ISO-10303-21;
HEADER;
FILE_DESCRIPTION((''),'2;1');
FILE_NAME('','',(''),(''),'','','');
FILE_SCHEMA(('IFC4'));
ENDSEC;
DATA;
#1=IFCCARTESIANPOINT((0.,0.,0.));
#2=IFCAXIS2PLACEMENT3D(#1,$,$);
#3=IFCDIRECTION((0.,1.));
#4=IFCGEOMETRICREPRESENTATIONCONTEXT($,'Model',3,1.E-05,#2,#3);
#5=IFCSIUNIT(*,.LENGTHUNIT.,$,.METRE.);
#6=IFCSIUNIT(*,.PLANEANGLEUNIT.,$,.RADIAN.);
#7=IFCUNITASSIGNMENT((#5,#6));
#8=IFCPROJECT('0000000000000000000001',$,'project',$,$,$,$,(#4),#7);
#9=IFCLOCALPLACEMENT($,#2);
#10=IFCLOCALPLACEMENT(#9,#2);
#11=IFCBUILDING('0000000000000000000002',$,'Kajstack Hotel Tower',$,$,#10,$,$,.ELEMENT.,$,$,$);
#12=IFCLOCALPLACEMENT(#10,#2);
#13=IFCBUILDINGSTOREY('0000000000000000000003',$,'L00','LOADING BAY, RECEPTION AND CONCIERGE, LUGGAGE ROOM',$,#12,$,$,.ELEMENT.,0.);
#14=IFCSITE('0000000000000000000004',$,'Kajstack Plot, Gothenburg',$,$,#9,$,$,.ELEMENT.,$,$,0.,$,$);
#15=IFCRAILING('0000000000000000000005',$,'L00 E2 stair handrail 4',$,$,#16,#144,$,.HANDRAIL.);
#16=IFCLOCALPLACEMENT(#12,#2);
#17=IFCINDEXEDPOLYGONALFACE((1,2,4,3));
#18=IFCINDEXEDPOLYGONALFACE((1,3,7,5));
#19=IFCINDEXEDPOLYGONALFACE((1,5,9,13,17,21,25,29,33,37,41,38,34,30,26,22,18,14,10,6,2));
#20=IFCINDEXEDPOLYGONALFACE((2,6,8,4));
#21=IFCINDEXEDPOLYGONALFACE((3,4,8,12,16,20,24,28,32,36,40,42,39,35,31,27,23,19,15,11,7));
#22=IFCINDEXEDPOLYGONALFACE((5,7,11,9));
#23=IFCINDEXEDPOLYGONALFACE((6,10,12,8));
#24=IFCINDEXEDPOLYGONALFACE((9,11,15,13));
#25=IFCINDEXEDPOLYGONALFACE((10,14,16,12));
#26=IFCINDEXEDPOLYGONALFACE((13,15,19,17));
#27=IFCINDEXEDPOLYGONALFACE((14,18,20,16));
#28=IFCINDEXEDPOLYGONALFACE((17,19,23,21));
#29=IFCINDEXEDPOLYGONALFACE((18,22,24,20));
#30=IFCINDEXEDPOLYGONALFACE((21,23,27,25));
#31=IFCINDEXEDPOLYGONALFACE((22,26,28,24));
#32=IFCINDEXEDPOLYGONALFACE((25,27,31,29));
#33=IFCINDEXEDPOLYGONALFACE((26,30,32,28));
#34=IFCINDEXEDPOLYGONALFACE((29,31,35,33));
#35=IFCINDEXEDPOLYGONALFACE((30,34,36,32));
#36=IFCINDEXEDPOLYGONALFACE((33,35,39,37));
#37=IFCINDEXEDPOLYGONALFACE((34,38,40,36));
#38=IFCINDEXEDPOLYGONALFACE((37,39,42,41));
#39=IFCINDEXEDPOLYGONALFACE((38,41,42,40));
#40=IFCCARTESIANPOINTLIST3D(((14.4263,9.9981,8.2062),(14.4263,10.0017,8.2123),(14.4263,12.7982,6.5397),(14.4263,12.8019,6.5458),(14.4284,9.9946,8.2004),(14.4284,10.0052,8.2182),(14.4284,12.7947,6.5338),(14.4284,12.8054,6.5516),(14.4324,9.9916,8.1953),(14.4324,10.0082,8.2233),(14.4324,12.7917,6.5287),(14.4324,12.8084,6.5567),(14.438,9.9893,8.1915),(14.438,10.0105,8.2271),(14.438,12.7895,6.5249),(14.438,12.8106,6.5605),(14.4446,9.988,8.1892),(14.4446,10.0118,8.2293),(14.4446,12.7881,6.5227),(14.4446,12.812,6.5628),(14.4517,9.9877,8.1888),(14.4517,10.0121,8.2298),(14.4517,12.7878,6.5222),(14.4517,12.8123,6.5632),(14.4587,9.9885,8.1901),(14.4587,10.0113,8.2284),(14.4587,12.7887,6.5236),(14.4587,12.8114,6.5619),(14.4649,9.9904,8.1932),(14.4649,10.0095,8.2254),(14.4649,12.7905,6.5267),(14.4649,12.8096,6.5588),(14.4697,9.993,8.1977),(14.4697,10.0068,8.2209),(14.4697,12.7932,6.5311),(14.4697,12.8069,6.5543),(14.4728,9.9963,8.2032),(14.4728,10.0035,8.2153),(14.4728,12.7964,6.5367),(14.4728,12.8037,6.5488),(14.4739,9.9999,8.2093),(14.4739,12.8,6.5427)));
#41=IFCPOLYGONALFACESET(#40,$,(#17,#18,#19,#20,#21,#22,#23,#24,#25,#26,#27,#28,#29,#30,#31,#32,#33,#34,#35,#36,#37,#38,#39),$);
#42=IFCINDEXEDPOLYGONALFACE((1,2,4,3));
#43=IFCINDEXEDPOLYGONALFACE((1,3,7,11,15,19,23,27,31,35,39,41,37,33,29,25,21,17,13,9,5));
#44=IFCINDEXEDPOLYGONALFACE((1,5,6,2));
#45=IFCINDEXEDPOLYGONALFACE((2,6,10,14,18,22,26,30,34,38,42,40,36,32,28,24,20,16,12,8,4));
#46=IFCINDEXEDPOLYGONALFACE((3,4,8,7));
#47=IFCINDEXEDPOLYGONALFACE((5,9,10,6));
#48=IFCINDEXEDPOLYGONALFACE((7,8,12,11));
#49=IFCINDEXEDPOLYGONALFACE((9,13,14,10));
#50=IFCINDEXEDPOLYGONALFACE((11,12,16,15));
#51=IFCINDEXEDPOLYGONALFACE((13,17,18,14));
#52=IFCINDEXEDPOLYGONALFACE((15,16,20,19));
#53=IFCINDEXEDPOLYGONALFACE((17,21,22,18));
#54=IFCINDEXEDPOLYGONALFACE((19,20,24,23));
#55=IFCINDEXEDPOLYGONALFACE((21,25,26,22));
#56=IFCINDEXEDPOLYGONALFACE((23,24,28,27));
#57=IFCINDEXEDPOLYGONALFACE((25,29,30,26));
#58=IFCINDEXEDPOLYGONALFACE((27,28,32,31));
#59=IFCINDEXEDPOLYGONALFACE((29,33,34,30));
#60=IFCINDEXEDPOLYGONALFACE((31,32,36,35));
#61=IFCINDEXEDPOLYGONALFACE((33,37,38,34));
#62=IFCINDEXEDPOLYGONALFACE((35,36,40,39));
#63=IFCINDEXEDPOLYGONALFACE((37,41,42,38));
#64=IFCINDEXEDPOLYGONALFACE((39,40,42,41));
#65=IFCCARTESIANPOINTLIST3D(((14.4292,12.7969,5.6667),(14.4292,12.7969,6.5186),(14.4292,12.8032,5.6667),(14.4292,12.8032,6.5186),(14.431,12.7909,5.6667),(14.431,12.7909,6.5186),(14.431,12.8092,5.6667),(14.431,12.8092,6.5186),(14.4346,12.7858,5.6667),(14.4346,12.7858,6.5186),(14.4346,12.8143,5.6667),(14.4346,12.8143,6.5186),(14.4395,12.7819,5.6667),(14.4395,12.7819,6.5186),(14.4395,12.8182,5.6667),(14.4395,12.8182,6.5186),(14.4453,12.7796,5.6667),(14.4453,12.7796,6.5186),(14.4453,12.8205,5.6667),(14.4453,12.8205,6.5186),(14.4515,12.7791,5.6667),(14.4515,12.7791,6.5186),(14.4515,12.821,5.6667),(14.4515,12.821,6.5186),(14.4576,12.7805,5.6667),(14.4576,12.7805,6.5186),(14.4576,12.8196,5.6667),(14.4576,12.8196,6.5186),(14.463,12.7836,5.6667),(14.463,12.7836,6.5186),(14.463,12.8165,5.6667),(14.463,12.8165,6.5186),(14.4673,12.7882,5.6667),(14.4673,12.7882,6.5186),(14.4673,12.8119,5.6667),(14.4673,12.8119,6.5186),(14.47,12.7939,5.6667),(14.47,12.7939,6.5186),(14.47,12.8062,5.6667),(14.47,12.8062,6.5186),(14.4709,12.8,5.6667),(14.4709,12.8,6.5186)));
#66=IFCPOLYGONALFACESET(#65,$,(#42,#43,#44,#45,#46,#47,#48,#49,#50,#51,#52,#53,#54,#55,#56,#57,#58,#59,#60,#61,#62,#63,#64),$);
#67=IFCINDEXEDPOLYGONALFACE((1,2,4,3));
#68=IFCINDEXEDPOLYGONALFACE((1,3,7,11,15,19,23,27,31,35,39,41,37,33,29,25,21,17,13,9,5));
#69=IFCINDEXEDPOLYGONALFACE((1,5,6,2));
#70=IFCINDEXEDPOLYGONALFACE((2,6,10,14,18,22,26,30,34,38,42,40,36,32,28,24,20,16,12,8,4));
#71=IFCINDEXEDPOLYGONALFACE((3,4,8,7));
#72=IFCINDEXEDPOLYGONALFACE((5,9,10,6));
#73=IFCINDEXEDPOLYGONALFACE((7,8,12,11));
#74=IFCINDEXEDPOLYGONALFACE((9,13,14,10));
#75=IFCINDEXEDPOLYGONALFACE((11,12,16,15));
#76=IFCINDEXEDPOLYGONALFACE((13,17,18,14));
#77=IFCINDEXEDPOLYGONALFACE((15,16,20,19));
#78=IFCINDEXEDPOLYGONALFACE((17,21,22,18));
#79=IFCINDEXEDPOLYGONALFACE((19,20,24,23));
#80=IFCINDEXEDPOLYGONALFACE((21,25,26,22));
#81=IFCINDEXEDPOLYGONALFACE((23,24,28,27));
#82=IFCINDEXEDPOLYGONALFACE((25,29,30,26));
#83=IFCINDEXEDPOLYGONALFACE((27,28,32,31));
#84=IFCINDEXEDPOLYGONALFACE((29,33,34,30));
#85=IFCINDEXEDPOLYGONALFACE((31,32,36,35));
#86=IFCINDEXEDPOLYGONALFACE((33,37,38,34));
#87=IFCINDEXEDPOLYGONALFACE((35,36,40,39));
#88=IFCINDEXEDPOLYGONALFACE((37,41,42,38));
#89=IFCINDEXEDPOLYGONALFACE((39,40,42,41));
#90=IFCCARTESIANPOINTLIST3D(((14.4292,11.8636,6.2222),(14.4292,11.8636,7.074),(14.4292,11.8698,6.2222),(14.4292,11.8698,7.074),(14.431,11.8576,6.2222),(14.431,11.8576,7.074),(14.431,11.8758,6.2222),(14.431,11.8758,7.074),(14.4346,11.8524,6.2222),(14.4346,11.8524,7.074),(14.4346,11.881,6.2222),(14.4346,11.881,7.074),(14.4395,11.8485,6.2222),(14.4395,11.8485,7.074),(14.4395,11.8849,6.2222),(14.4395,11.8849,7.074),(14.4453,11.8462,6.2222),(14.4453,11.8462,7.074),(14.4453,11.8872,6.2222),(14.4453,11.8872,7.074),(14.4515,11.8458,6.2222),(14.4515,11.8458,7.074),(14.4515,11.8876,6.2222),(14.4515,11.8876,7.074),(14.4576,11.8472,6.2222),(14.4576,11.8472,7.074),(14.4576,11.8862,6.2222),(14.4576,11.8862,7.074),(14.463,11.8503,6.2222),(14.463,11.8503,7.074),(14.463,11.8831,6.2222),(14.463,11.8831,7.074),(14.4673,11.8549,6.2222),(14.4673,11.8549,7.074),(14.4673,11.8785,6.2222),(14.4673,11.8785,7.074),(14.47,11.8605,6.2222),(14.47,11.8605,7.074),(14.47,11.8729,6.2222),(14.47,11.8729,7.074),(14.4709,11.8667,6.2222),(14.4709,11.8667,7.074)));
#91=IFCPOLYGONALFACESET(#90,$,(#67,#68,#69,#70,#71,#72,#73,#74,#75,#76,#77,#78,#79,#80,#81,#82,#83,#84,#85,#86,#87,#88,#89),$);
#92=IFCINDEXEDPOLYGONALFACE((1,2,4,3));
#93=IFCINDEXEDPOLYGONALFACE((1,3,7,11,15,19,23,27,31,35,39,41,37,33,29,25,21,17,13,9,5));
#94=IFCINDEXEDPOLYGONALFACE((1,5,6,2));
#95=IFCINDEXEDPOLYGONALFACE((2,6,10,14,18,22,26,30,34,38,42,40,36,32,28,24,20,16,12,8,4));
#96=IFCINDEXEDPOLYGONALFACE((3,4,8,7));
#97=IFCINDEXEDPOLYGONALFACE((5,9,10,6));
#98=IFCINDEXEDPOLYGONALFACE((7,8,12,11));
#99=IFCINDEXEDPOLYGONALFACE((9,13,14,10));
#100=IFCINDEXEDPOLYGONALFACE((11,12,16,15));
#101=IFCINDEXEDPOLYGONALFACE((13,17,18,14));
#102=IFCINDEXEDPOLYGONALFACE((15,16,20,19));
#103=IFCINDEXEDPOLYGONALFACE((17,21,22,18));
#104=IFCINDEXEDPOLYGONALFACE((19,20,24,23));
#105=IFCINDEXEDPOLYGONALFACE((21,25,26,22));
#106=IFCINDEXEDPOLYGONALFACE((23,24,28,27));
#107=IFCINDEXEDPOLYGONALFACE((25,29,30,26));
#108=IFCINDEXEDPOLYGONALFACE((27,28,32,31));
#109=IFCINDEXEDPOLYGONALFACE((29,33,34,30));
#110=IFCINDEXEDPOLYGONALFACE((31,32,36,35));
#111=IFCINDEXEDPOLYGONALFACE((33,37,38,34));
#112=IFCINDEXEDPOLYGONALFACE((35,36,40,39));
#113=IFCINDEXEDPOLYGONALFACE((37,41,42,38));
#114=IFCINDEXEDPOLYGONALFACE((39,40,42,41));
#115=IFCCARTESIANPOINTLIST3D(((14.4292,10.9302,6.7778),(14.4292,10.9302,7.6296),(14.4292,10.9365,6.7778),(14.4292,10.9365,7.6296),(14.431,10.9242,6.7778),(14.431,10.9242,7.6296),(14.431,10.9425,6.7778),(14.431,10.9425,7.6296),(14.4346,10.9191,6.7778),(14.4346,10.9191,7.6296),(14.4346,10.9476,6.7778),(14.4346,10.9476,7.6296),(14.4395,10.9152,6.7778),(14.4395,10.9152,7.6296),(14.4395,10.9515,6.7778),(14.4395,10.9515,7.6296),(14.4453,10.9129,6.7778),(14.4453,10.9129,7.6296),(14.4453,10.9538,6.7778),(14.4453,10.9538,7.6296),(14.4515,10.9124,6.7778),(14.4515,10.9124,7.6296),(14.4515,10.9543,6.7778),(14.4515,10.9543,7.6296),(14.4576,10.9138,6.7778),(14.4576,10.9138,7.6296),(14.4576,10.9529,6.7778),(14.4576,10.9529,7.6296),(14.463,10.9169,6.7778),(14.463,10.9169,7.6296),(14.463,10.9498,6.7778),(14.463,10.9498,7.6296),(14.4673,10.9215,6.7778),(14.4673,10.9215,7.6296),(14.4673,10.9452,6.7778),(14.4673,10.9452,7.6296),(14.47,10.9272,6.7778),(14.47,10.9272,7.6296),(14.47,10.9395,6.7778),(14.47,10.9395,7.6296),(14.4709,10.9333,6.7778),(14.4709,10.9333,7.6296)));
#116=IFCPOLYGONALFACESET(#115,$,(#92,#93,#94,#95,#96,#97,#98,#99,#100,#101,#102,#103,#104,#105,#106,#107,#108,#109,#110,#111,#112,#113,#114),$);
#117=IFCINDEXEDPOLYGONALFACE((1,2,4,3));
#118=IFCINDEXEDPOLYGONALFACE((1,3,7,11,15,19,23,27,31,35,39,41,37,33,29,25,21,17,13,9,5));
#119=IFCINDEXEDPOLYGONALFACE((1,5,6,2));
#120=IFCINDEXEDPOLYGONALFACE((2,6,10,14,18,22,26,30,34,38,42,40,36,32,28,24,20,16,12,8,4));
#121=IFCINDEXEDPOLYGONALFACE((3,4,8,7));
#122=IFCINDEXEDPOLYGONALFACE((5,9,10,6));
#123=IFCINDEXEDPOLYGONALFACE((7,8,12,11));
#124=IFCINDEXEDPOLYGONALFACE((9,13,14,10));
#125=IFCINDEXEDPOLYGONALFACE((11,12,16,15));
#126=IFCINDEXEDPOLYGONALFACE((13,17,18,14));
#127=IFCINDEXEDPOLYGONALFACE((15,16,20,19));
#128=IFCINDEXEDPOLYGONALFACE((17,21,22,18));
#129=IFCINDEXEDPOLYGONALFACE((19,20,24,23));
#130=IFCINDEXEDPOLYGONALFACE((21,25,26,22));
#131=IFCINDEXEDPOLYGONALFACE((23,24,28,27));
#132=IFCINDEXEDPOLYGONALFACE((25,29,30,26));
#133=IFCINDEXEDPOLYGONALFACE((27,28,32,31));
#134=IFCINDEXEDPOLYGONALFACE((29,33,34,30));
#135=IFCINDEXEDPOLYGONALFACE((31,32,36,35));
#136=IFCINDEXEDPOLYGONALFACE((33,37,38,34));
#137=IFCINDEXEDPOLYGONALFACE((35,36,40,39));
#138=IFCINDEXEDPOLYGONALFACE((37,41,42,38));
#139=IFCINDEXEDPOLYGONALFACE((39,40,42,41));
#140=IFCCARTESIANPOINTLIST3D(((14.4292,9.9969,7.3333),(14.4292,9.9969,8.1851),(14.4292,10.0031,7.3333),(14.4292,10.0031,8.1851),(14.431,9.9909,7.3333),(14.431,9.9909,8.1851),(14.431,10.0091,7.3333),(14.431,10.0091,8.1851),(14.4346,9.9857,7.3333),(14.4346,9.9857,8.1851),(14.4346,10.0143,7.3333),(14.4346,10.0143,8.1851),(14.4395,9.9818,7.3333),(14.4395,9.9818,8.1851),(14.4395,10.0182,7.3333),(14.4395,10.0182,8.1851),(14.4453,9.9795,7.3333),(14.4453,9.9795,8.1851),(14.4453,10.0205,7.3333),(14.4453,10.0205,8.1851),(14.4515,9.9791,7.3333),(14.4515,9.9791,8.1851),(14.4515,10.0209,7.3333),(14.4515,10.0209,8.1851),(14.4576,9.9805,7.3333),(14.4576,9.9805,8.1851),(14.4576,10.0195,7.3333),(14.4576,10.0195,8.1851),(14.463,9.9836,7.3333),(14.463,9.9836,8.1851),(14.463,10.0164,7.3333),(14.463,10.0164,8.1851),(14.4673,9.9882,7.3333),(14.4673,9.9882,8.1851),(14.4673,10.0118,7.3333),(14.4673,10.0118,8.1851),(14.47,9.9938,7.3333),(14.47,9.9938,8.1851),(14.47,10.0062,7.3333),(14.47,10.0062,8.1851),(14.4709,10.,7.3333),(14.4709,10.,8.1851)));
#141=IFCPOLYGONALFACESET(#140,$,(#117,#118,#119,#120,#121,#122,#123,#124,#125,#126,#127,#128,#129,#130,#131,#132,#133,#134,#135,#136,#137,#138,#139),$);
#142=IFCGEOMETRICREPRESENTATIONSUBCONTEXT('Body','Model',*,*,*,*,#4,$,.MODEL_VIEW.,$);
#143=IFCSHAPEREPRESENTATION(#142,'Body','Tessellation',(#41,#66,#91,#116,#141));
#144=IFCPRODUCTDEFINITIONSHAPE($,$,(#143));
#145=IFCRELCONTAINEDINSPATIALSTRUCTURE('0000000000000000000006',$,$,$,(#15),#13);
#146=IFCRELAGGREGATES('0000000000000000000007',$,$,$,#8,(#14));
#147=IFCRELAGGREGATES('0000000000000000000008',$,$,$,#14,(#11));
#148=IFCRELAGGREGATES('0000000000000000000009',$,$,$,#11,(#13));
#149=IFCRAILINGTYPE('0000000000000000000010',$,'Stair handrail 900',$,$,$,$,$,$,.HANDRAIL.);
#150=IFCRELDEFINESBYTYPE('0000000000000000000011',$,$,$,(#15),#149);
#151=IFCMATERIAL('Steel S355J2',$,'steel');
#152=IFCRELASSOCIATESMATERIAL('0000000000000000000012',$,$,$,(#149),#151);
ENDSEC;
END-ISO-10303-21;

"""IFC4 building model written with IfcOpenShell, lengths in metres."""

from ifc_helpers import new_model, si_unit, direction, frame, origin, origin_2d, place, context, subcontext, project, spatial, circle, extrude, material, type_object, element, save


model = new_model("IFC4")

# Units and contexts
model_context = context("Model", 3, precision=1e-05, world=origin(), true_north=direction((0.0, 1.0)))
body_context = subcontext(model_context, "Body", "Model", "MODEL_VIEW")
ifc_project = project(units=[si_unit("LENGTHUNIT", "METRE"), si_unit("PLANEANGLEUNIT", "RADIAN")], contexts=[model_context])

# Site, building, storey
site_placement = place(None, origin())
site = spatial("IfcSite", under=ifc_project, at=site_placement, Name="Kajstack Plot, Gothenburg", CompositionType="ELEMENT", RefElevation=0.0)
building_placement = place(site_placement, origin())
building = spatial("IfcBuilding", under=site, at=building_placement, Name="Kajstack Hotel Tower", CompositionType="ELEMENT")
storey_placement = place(building_placement, origin())
storey = spatial("IfcBuildingStorey", under=building, at=storey_placement, Name="L00", Description="LOADING BAY, RECEPTION AND CONCIERGE, LUGGAGE ROOM", CompositionType="ELEMENT", Elevation=0.0)

# Railing
ifc_material_1 = material(Name="Steel S355J2", Category="steel")
railing_type = type_object("IfcRailingType", Name="Stair handrail 900", PredefinedType="HANDRAIL", material=ifc_material_1)
railing_1_placement = place(storey_placement, frame((14.45, 12.8, 5.6667)))
element("IfcRailing", 1, at=railing_1_placement, inside=storey, type_object=railing_type, Name="L00 E2 stair handrail 4", PredefinedType="HANDRAIL", context=body_context, shape_type="SweptSolid", body=[
    extrude(circle(Radius=0.0239, at=origin_2d()), frame((0.0, 0.0, 0.876), z_axis=(0.0, -0.859319, 0.51144), x_axis=(1.0, 0.0, 0.0)), (0.0, 0.0, 1.0), 3.2585),
    extrude(circle(Radius=0.021, at=origin_2d()), origin(), (0.0, 0.0, 1.0), 0.8518),
    extrude(circle(Radius=0.021, at=origin_2d()), frame((0.0, -0.9333, 0.5554)), (0.0, 0.0, 1.0), 0.8518),
    extrude(circle(Radius=0.021, at=origin_2d()), frame((0.0, -1.8667, 1.1111)), (0.0, 0.0, 1.0), 0.8518),
    extrude(circle(Radius=0.021, at=origin_2d()), frame((0.0, -2.8, 1.6665)), (0.0, 0.0, 1.0), 0.8518),
])

save(model, "model.ifc")
